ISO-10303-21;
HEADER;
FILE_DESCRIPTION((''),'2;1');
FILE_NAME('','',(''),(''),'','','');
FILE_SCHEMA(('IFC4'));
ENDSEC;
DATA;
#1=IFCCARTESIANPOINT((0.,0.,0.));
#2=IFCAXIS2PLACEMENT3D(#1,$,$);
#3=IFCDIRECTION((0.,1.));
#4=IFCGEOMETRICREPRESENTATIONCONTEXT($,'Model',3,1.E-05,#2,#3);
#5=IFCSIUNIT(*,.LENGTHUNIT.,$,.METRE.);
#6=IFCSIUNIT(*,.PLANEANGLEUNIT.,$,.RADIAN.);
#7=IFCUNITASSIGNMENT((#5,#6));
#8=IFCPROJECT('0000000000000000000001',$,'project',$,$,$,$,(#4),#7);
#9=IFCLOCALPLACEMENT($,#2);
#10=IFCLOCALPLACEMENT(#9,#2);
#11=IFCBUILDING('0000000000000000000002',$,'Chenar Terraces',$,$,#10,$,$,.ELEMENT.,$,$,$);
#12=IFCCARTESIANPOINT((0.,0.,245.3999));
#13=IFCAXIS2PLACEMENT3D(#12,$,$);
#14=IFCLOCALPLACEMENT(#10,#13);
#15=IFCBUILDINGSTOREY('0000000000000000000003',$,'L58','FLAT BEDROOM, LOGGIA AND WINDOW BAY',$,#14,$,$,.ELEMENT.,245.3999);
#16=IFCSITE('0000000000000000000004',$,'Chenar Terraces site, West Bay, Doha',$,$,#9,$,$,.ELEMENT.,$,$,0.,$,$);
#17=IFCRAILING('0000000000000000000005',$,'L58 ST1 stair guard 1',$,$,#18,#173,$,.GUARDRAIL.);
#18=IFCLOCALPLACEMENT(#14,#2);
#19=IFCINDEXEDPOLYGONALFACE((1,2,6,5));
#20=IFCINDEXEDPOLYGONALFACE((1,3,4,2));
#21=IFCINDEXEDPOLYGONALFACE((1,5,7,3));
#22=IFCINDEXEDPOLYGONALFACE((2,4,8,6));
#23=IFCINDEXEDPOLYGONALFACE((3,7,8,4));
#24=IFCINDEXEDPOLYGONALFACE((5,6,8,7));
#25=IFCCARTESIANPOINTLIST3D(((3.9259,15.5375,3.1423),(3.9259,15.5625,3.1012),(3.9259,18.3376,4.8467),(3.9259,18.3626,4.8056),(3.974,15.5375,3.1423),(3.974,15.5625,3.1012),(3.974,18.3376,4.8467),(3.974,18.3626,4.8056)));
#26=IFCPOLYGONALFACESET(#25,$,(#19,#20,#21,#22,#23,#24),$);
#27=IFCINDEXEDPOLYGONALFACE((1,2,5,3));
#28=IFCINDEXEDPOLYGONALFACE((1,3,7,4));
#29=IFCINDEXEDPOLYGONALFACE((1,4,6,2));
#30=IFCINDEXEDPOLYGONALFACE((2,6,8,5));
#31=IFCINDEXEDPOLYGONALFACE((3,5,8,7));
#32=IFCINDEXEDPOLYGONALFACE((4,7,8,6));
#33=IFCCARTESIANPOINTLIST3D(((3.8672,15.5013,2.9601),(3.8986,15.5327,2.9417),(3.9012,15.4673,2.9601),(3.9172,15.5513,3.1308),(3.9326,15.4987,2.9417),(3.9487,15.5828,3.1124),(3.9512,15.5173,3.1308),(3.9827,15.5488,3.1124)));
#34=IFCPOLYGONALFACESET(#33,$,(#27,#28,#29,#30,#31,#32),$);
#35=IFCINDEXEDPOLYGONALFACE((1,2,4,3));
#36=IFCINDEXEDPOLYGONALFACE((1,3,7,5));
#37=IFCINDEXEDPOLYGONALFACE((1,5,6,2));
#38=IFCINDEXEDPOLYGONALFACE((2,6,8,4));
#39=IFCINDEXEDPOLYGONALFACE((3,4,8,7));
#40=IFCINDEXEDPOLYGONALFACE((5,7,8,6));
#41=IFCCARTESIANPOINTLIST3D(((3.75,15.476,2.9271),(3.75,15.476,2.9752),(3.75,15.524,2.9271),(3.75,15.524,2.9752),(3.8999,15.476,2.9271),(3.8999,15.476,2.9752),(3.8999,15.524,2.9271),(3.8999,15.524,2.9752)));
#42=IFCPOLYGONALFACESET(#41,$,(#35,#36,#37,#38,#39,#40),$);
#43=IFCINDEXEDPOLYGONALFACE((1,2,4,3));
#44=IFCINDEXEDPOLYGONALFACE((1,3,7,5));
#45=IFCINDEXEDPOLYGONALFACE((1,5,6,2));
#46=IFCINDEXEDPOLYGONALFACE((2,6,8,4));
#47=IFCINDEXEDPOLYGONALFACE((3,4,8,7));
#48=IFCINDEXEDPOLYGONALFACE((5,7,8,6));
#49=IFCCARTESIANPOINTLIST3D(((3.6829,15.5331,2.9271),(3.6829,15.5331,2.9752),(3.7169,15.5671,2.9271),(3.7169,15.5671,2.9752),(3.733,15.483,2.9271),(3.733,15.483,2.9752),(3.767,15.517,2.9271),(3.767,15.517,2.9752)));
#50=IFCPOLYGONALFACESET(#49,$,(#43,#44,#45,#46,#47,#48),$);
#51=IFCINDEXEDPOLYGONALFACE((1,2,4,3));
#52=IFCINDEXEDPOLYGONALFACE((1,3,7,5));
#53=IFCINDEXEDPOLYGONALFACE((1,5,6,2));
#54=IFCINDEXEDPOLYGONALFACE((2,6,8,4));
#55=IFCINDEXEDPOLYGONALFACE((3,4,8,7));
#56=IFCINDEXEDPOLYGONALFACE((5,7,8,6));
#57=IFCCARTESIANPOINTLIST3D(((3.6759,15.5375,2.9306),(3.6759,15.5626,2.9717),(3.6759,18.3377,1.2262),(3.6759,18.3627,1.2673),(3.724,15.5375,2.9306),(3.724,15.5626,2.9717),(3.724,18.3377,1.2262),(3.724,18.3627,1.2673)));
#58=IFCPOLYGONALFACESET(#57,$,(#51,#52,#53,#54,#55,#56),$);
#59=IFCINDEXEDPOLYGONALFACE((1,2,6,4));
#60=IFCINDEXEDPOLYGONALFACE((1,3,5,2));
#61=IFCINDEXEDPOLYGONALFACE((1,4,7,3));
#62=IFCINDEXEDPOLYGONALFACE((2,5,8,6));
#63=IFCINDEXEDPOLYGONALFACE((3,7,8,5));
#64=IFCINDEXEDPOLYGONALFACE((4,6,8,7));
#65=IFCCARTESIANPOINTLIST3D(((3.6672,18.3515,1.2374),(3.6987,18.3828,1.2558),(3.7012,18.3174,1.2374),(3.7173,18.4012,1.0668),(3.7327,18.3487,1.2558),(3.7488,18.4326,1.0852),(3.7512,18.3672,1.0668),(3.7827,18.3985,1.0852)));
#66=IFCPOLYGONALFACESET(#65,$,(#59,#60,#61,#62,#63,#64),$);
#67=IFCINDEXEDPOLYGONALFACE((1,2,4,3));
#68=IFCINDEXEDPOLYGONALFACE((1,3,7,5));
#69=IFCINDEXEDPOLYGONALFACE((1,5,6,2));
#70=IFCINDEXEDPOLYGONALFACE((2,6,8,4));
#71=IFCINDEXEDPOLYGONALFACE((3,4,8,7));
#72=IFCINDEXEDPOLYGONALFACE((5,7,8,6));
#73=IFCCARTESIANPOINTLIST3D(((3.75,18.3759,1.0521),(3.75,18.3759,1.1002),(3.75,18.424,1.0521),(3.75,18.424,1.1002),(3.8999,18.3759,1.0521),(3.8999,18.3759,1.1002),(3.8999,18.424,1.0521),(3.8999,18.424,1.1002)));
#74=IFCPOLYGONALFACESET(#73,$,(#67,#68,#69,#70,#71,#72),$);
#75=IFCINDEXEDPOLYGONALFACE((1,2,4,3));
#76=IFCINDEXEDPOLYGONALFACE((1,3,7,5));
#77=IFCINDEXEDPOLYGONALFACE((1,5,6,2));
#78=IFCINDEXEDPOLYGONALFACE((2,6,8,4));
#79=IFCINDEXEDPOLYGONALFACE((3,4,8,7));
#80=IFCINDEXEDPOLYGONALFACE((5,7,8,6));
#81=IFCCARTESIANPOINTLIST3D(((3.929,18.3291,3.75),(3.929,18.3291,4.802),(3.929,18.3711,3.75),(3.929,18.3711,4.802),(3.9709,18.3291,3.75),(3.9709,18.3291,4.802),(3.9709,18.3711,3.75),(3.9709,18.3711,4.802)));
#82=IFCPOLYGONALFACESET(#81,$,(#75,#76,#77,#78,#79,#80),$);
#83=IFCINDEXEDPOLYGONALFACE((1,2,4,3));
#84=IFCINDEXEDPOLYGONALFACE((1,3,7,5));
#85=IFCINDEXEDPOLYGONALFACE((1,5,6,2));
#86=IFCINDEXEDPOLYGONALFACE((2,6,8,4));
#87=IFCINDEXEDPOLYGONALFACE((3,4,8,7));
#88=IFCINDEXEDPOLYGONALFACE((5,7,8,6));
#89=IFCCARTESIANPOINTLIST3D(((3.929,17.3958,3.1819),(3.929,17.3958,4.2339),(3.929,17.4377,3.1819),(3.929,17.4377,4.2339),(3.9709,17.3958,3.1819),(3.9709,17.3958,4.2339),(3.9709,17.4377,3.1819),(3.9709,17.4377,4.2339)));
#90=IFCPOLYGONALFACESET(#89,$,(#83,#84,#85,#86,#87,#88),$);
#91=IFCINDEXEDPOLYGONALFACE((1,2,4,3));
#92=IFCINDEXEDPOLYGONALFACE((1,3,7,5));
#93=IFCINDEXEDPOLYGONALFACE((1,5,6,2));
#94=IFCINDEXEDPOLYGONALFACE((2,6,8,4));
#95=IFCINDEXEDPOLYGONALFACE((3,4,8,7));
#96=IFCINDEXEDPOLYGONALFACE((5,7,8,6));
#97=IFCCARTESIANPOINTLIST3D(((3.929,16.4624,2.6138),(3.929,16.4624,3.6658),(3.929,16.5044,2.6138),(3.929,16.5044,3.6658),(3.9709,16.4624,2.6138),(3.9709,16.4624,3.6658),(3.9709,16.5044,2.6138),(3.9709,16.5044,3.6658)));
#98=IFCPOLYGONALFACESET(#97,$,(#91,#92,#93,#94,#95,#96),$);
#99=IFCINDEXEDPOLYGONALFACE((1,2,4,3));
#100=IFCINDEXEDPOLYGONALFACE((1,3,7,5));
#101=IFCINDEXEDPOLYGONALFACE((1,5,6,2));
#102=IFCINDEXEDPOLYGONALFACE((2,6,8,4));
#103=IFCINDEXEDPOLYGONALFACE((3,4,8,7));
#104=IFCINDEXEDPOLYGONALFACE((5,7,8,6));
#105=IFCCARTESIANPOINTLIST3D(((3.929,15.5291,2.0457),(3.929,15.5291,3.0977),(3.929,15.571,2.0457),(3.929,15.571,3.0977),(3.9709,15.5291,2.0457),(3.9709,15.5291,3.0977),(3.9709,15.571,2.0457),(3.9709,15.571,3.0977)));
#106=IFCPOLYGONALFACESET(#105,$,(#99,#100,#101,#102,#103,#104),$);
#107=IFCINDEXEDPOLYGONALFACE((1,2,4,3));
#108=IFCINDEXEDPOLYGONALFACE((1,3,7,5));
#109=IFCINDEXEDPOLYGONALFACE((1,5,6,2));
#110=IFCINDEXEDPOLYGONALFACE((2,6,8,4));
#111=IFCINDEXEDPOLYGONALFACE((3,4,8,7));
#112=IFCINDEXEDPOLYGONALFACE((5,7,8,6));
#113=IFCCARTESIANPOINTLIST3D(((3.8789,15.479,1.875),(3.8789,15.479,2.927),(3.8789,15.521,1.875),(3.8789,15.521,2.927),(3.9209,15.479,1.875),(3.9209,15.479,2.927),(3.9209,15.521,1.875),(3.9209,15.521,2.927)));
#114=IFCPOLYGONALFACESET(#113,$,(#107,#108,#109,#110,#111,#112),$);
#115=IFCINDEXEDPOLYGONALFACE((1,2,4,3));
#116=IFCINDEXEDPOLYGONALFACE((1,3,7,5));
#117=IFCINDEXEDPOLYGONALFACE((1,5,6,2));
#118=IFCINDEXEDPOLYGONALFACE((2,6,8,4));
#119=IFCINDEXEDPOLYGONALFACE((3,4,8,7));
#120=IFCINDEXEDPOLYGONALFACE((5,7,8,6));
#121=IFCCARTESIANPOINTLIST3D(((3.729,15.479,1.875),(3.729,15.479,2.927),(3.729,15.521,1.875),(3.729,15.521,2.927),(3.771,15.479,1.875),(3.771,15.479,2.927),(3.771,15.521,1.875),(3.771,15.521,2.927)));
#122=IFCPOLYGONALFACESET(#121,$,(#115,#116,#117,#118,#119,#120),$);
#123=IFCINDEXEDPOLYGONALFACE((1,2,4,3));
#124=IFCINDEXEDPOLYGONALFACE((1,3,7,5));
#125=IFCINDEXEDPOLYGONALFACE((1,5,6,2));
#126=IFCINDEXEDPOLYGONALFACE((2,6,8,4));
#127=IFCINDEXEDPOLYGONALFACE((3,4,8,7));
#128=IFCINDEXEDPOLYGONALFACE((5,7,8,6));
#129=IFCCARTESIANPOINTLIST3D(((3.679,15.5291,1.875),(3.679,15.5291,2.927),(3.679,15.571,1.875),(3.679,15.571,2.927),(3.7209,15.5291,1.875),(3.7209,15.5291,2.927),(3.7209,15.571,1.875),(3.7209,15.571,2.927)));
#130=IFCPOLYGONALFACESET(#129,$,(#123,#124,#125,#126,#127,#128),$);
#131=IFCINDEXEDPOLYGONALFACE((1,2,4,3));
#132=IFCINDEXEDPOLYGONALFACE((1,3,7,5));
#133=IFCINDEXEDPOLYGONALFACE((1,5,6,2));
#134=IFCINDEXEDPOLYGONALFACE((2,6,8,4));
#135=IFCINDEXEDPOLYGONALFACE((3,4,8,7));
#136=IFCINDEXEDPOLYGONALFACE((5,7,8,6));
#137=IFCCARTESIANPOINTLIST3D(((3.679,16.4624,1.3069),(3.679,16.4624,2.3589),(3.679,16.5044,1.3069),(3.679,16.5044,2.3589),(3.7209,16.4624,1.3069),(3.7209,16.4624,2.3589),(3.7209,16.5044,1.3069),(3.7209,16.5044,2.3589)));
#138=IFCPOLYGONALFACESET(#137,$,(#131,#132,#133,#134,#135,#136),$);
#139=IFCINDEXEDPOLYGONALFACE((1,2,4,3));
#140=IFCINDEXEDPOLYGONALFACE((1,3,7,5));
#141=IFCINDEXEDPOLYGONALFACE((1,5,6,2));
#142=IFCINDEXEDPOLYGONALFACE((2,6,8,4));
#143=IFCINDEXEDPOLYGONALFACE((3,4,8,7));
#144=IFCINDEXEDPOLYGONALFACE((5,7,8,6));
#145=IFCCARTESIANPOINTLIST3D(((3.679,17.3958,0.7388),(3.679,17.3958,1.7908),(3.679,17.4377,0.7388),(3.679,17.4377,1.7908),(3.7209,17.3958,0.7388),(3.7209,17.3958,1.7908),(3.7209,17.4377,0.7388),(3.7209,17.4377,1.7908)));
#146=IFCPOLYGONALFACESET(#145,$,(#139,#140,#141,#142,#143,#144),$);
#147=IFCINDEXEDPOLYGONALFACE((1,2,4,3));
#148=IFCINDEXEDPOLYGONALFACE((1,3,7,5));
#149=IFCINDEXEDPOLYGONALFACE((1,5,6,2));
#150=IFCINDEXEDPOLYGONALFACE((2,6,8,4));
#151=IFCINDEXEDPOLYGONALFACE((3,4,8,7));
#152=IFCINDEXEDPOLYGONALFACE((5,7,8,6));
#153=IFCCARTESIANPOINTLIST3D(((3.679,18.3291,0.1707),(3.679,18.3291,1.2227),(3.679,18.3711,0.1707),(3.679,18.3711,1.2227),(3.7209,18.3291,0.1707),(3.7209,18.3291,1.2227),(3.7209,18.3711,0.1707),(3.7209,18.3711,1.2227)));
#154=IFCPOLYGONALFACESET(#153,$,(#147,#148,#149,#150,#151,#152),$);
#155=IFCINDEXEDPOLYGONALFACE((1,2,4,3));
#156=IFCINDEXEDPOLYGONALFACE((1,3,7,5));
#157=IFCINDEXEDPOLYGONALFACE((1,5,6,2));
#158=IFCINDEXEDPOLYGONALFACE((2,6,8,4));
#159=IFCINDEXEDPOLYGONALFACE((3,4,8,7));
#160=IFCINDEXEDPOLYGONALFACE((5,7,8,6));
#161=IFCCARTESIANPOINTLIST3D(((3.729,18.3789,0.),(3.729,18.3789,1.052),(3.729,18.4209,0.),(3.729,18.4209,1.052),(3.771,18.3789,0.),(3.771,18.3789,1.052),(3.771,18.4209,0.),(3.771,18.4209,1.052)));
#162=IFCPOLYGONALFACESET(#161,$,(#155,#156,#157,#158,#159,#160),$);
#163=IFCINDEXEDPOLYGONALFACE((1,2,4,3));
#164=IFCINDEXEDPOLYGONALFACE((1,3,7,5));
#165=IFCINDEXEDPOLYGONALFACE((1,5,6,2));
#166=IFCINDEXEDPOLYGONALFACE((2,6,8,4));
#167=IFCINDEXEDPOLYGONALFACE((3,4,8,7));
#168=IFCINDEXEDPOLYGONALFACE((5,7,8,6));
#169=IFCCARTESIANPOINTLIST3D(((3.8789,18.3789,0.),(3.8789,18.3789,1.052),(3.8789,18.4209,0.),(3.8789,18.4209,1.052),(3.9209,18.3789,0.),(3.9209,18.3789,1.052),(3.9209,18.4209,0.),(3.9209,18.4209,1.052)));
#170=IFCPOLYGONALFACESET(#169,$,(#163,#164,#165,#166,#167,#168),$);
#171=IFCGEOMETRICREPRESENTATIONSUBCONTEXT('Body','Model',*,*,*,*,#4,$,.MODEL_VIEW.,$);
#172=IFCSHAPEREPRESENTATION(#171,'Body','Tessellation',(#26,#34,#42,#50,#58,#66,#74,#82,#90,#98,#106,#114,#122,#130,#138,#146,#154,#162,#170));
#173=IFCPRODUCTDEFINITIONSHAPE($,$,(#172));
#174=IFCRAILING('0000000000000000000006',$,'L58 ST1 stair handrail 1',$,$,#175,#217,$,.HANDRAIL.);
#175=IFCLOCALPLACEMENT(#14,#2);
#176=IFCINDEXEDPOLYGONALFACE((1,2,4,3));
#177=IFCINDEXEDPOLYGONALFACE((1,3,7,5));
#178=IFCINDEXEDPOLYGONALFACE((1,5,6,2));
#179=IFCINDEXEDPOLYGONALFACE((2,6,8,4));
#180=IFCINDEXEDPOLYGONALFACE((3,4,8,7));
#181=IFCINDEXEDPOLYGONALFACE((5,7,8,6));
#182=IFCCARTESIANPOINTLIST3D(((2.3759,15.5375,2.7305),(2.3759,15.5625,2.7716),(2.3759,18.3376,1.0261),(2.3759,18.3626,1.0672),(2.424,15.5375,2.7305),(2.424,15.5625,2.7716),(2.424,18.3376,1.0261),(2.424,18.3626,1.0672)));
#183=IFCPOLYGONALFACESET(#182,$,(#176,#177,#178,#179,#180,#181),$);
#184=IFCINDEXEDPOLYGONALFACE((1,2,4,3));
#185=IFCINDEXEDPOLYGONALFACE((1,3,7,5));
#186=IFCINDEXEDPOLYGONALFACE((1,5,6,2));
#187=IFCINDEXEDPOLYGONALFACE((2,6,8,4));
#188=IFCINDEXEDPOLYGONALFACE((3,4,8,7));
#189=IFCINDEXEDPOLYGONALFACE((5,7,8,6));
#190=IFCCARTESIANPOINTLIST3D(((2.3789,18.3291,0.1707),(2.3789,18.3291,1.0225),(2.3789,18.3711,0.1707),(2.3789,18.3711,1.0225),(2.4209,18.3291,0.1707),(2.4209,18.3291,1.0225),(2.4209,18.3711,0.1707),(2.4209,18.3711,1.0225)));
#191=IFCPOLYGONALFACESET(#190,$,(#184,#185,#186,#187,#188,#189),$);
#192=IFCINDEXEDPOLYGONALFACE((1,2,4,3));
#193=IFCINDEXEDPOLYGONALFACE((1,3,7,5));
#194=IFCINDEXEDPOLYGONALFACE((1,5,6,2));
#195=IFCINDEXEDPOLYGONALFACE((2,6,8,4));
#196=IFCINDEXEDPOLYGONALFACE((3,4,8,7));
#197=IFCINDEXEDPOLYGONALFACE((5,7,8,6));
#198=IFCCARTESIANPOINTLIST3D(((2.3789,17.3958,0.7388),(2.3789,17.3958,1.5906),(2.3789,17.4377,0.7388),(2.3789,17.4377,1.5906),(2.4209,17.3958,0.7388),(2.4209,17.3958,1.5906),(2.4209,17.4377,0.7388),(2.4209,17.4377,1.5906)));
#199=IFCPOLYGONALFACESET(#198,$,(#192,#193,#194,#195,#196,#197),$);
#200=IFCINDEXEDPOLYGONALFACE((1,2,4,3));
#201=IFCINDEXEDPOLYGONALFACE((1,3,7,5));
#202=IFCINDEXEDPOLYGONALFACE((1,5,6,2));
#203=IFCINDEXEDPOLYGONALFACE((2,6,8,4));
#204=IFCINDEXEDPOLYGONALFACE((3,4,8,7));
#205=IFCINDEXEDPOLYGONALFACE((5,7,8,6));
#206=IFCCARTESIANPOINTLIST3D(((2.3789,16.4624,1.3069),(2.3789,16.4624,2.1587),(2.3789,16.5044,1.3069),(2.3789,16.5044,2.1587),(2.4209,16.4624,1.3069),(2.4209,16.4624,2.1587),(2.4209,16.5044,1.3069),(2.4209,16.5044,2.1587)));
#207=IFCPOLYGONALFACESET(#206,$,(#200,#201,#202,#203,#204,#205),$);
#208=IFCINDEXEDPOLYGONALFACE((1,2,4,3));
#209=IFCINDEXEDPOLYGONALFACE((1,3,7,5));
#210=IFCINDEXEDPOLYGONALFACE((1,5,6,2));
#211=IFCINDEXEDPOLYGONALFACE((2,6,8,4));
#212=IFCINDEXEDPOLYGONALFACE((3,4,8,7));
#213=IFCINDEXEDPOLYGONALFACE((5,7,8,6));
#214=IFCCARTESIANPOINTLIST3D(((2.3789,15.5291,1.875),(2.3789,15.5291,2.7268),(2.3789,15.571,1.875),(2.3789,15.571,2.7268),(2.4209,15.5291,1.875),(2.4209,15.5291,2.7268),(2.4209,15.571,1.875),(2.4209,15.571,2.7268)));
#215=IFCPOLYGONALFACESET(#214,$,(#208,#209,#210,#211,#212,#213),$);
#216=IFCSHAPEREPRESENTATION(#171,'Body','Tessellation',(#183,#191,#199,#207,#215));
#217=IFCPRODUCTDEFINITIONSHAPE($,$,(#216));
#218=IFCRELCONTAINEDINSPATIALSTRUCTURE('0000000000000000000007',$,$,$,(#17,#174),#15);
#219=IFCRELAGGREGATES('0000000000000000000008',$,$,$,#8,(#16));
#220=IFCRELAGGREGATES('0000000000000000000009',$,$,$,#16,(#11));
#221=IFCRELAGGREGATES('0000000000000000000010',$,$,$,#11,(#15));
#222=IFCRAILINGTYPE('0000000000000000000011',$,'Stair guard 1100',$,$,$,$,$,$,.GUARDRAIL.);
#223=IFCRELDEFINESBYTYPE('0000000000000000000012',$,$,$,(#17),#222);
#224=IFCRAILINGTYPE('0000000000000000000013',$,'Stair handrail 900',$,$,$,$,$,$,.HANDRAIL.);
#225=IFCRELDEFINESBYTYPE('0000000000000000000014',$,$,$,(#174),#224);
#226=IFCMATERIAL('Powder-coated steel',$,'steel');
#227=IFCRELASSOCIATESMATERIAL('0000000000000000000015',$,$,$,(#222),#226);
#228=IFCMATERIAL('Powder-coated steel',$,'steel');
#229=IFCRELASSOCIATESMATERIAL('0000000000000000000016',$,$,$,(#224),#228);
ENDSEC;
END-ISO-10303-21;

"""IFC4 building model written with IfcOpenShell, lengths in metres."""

from ifc_helpers import new_model, si_unit, direction, frame, origin, origin_2d, place, context, subcontext, project, spatial, rectangle, extrude, material, type_object, element, save


model = new_model("IFC4")

# Units and contexts
model_context = context("Model", 3, precision=1e-05, world=origin(), true_north=direction((0.0, 1.0)))
body_context = subcontext(model_context, "Body", "Model", "MODEL_VIEW")
ifc_project = project(units=[si_unit("LENGTHUNIT", "METRE"), si_unit("PLANEANGLEUNIT", "RADIAN")], contexts=[model_context])

# Site, building, storey
site_placement = place(None, origin())
site = spatial("IfcSite", under=ifc_project, at=site_placement, Name="Chenar Terraces site, West Bay, Doha", CompositionType="ELEMENT", RefElevation=0.0)
building_placement = place(site_placement, origin())
building = spatial("IfcBuilding", under=site, at=building_placement, Name="Chenar Terraces", CompositionType="ELEMENT")
storey_placement = place(building_placement, frame((0.0, 0.0, 245.3999)))
storey = spatial("IfcBuildingStorey", under=building, at=storey_placement, Name="L58", Description="FLAT BEDROOM, LOGGIA AND WINDOW BAY", CompositionType="ELEMENT", Elevation=245.3999)

# Railings
ifc_material_1 = material(Name="Powder-coated steel", Category="steel")
railing_type_1 = type_object("IfcRailingType", Name="Stair guard 1100", PredefinedType="GUARDRAIL", material=ifc_material_1)
railing_1_placement = place(storey_placement, frame((3.95, 18.3501, 3.75)))
element("IfcRailing", 1, at=railing_1_placement, inside=storey, type_object=railing_type_1, Name="L58 ST1 stair guard 1", PredefinedType="GUARDRAIL", context=body_context, shape_type="SweptSolid", body=[
    extrude(rectangle(XDim=0.0481, YDim=0.0481, at=origin_2d()), frame((0.0, 0.0, 1.0762), z_axis=(0.0, -0.854203, -0.51994), x_axis=(1.0, 0.0, 0.0)), (0.0, 0.0, 1.0), 3.2781),
    extrude(rectangle(XDim=0.0481, YDim=0.0481, at=origin_2d()), frame((0.0, -2.8, -0.6284), z_axis=(-0.2709, -0.2709, -0.923703), x_axis=(0.707107, -0.707107, 0.0)), (0.0, 0.0, 1.0), 0.1848),
    extrude(rectangle(XDim=0.0481, YDim=0.0481, at=origin_2d()), frame((-0.05, -2.8501, -0.7988), z_axis=(-1.0, 0.0, 0.0), x_axis=(0.0, -1.0, 0.0)), (0.0, 0.0, 1.0), 0.1499),
    extrude(rectangle(XDim=0.0481, YDim=0.0481, at=origin_2d()), frame((-0.2, -2.8501, -0.7988), z_axis=(-0.707107, 0.707107, 0.0), x_axis=(-0.707107, -0.707107, 0.0)), (0.0, 0.0, 1.0), 0.0708),
    extrude(rectangle(XDim=0.0481, YDim=0.0481, at=origin_2d()), frame((-0.25, -2.8, -0.7988), z_axis=(0.0, 0.854203, -0.51994), x_axis=(-1.0, 0.0, 0.0)), (0.0, 0.0, 1.0), 3.2781),
    extrude(rectangle(XDim=0.0481, YDim=0.0481, at=origin_2d()), frame((-0.25, 0.0, -2.5034), z_axis=(0.270997, 0.269675, -0.924033), x_axis=(-0.705376, 0.708834, 0.0)), (0.0, 0.0, 1.0), 0.1846),
    extrude(rectangle(XDim=0.0481, YDim=0.0481, at=origin_2d()), frame((-0.2, 0.0498, -2.6738), z_axis=(1.0, 0.0, 0.0), x_axis=(0.0, 1.0, 0.0)), (0.0, 0.0, 1.0), 0.1499),
    extrude(rectangle(XDim=0.042, YDim=0.042, at=origin_2d()), origin(), (0.0, 0.0, 1.0), 1.052),
    extrude(rectangle(XDim=0.042, YDim=0.042, at=origin_2d()), frame((0.0, -0.9333, -0.5681)), (0.0, 0.0, 1.0), 1.052),
    extrude(rectangle(XDim=0.042, YDim=0.042, at=origin_2d()), frame((0.0, -1.8667, -1.1362)), (0.0, 0.0, 1.0), 1.052),
    extrude(rectangle(XDim=0.042, YDim=0.042, at=origin_2d()), frame((0.0, -2.8, -1.7043)), (0.0, 0.0, 1.0), 1.052),
    extrude(rectangle(XDim=0.042, YDim=0.042, at=origin_2d()), frame((-0.05, -2.8501, -1.875)), (0.0, 0.0, 1.0), 1.052),
    extrude(rectangle(XDim=0.042, YDim=0.042, at=origin_2d()), frame((-0.2, -2.8501, -1.875)), (0.0, 0.0, 1.0), 1.052),
    extrude(rectangle(XDim=0.042, YDim=0.042, at=origin_2d()), frame((-0.25, -2.8, -1.875)), (0.0, 0.0, 1.0), 1.052),
    extrude(rectangle(XDim=0.042, YDim=0.042, at=origin_2d()), frame((-0.25, -1.8667, -2.4431)), (0.0, 0.0, 1.0), 1.052),
    extrude(rectangle(XDim=0.042, YDim=0.042, at=origin_2d()), frame((-0.25, -0.9333, -3.0112)), (0.0, 0.0, 1.0), 1.052),
    extrude(rectangle(XDim=0.042, YDim=0.042, at=origin_2d()), frame((-0.25, 0.0, -3.5793)), (0.0, 0.0, 1.0), 1.052),
    extrude(rectangle(XDim=0.042, YDim=0.042, at=origin_2d()), frame((-0.2, 0.0498, -3.75)), (0.0, 0.0, 1.0), 1.052),
    extrude(rectangle(XDim=0.042, YDim=0.042, at=origin_2d()), frame((-0.05, 0.0498, -3.75)), (0.0, 0.0, 1.0), 1.052),
])
ifc_material_2 = material(Name="Powder-coated steel", Category="steel")
railing_type_2 = type_object("IfcRailingType", Name="Stair handrail 900", PredefinedType="HANDRAIL", material=ifc_material_2)
railing_2_placement = place(storey_placement, frame((2.3999, 18.3501, 0.1707)))
element("IfcRailing", 2, at=railing_2_placement, inside=storey, type_object=railing_type_2, Name="L58 ST1 stair handrail 1", PredefinedType="HANDRAIL", context=body_context, shape_type="SweptSolid", body=[
    extrude(rectangle(XDim=0.0481, YDim=0.0481, at=origin_2d()), frame((0.0, 0.0, 0.876), z_axis=(0.0, -0.854203, 0.51994), x_axis=(1.0, 0.0, 0.0)), (0.0, 0.0, 1.0), 3.2781),
    extrude(rectangle(XDim=0.042, YDim=0.042, at=origin_2d()), origin(), (0.0, 0.0, 1.0), 0.8518),
    extrude(rectangle(XDim=0.042, YDim=0.042, at=origin_2d()), frame((0.0, -0.9333, 0.5681)), (0.0, 0.0, 1.0), 0.8518),
    extrude(rectangle(XDim=0.042, YDim=0.042, at=origin_2d()), frame((0.0, -1.8667, 1.1362)), (0.0, 0.0, 1.0), 0.8518),
    extrude(rectangle(XDim=0.042, YDim=0.042, at=origin_2d()), frame((0.0, -2.8, 1.7043)), (0.0, 0.0, 1.0), 0.8518),
])

save(model, "model.ifc")
